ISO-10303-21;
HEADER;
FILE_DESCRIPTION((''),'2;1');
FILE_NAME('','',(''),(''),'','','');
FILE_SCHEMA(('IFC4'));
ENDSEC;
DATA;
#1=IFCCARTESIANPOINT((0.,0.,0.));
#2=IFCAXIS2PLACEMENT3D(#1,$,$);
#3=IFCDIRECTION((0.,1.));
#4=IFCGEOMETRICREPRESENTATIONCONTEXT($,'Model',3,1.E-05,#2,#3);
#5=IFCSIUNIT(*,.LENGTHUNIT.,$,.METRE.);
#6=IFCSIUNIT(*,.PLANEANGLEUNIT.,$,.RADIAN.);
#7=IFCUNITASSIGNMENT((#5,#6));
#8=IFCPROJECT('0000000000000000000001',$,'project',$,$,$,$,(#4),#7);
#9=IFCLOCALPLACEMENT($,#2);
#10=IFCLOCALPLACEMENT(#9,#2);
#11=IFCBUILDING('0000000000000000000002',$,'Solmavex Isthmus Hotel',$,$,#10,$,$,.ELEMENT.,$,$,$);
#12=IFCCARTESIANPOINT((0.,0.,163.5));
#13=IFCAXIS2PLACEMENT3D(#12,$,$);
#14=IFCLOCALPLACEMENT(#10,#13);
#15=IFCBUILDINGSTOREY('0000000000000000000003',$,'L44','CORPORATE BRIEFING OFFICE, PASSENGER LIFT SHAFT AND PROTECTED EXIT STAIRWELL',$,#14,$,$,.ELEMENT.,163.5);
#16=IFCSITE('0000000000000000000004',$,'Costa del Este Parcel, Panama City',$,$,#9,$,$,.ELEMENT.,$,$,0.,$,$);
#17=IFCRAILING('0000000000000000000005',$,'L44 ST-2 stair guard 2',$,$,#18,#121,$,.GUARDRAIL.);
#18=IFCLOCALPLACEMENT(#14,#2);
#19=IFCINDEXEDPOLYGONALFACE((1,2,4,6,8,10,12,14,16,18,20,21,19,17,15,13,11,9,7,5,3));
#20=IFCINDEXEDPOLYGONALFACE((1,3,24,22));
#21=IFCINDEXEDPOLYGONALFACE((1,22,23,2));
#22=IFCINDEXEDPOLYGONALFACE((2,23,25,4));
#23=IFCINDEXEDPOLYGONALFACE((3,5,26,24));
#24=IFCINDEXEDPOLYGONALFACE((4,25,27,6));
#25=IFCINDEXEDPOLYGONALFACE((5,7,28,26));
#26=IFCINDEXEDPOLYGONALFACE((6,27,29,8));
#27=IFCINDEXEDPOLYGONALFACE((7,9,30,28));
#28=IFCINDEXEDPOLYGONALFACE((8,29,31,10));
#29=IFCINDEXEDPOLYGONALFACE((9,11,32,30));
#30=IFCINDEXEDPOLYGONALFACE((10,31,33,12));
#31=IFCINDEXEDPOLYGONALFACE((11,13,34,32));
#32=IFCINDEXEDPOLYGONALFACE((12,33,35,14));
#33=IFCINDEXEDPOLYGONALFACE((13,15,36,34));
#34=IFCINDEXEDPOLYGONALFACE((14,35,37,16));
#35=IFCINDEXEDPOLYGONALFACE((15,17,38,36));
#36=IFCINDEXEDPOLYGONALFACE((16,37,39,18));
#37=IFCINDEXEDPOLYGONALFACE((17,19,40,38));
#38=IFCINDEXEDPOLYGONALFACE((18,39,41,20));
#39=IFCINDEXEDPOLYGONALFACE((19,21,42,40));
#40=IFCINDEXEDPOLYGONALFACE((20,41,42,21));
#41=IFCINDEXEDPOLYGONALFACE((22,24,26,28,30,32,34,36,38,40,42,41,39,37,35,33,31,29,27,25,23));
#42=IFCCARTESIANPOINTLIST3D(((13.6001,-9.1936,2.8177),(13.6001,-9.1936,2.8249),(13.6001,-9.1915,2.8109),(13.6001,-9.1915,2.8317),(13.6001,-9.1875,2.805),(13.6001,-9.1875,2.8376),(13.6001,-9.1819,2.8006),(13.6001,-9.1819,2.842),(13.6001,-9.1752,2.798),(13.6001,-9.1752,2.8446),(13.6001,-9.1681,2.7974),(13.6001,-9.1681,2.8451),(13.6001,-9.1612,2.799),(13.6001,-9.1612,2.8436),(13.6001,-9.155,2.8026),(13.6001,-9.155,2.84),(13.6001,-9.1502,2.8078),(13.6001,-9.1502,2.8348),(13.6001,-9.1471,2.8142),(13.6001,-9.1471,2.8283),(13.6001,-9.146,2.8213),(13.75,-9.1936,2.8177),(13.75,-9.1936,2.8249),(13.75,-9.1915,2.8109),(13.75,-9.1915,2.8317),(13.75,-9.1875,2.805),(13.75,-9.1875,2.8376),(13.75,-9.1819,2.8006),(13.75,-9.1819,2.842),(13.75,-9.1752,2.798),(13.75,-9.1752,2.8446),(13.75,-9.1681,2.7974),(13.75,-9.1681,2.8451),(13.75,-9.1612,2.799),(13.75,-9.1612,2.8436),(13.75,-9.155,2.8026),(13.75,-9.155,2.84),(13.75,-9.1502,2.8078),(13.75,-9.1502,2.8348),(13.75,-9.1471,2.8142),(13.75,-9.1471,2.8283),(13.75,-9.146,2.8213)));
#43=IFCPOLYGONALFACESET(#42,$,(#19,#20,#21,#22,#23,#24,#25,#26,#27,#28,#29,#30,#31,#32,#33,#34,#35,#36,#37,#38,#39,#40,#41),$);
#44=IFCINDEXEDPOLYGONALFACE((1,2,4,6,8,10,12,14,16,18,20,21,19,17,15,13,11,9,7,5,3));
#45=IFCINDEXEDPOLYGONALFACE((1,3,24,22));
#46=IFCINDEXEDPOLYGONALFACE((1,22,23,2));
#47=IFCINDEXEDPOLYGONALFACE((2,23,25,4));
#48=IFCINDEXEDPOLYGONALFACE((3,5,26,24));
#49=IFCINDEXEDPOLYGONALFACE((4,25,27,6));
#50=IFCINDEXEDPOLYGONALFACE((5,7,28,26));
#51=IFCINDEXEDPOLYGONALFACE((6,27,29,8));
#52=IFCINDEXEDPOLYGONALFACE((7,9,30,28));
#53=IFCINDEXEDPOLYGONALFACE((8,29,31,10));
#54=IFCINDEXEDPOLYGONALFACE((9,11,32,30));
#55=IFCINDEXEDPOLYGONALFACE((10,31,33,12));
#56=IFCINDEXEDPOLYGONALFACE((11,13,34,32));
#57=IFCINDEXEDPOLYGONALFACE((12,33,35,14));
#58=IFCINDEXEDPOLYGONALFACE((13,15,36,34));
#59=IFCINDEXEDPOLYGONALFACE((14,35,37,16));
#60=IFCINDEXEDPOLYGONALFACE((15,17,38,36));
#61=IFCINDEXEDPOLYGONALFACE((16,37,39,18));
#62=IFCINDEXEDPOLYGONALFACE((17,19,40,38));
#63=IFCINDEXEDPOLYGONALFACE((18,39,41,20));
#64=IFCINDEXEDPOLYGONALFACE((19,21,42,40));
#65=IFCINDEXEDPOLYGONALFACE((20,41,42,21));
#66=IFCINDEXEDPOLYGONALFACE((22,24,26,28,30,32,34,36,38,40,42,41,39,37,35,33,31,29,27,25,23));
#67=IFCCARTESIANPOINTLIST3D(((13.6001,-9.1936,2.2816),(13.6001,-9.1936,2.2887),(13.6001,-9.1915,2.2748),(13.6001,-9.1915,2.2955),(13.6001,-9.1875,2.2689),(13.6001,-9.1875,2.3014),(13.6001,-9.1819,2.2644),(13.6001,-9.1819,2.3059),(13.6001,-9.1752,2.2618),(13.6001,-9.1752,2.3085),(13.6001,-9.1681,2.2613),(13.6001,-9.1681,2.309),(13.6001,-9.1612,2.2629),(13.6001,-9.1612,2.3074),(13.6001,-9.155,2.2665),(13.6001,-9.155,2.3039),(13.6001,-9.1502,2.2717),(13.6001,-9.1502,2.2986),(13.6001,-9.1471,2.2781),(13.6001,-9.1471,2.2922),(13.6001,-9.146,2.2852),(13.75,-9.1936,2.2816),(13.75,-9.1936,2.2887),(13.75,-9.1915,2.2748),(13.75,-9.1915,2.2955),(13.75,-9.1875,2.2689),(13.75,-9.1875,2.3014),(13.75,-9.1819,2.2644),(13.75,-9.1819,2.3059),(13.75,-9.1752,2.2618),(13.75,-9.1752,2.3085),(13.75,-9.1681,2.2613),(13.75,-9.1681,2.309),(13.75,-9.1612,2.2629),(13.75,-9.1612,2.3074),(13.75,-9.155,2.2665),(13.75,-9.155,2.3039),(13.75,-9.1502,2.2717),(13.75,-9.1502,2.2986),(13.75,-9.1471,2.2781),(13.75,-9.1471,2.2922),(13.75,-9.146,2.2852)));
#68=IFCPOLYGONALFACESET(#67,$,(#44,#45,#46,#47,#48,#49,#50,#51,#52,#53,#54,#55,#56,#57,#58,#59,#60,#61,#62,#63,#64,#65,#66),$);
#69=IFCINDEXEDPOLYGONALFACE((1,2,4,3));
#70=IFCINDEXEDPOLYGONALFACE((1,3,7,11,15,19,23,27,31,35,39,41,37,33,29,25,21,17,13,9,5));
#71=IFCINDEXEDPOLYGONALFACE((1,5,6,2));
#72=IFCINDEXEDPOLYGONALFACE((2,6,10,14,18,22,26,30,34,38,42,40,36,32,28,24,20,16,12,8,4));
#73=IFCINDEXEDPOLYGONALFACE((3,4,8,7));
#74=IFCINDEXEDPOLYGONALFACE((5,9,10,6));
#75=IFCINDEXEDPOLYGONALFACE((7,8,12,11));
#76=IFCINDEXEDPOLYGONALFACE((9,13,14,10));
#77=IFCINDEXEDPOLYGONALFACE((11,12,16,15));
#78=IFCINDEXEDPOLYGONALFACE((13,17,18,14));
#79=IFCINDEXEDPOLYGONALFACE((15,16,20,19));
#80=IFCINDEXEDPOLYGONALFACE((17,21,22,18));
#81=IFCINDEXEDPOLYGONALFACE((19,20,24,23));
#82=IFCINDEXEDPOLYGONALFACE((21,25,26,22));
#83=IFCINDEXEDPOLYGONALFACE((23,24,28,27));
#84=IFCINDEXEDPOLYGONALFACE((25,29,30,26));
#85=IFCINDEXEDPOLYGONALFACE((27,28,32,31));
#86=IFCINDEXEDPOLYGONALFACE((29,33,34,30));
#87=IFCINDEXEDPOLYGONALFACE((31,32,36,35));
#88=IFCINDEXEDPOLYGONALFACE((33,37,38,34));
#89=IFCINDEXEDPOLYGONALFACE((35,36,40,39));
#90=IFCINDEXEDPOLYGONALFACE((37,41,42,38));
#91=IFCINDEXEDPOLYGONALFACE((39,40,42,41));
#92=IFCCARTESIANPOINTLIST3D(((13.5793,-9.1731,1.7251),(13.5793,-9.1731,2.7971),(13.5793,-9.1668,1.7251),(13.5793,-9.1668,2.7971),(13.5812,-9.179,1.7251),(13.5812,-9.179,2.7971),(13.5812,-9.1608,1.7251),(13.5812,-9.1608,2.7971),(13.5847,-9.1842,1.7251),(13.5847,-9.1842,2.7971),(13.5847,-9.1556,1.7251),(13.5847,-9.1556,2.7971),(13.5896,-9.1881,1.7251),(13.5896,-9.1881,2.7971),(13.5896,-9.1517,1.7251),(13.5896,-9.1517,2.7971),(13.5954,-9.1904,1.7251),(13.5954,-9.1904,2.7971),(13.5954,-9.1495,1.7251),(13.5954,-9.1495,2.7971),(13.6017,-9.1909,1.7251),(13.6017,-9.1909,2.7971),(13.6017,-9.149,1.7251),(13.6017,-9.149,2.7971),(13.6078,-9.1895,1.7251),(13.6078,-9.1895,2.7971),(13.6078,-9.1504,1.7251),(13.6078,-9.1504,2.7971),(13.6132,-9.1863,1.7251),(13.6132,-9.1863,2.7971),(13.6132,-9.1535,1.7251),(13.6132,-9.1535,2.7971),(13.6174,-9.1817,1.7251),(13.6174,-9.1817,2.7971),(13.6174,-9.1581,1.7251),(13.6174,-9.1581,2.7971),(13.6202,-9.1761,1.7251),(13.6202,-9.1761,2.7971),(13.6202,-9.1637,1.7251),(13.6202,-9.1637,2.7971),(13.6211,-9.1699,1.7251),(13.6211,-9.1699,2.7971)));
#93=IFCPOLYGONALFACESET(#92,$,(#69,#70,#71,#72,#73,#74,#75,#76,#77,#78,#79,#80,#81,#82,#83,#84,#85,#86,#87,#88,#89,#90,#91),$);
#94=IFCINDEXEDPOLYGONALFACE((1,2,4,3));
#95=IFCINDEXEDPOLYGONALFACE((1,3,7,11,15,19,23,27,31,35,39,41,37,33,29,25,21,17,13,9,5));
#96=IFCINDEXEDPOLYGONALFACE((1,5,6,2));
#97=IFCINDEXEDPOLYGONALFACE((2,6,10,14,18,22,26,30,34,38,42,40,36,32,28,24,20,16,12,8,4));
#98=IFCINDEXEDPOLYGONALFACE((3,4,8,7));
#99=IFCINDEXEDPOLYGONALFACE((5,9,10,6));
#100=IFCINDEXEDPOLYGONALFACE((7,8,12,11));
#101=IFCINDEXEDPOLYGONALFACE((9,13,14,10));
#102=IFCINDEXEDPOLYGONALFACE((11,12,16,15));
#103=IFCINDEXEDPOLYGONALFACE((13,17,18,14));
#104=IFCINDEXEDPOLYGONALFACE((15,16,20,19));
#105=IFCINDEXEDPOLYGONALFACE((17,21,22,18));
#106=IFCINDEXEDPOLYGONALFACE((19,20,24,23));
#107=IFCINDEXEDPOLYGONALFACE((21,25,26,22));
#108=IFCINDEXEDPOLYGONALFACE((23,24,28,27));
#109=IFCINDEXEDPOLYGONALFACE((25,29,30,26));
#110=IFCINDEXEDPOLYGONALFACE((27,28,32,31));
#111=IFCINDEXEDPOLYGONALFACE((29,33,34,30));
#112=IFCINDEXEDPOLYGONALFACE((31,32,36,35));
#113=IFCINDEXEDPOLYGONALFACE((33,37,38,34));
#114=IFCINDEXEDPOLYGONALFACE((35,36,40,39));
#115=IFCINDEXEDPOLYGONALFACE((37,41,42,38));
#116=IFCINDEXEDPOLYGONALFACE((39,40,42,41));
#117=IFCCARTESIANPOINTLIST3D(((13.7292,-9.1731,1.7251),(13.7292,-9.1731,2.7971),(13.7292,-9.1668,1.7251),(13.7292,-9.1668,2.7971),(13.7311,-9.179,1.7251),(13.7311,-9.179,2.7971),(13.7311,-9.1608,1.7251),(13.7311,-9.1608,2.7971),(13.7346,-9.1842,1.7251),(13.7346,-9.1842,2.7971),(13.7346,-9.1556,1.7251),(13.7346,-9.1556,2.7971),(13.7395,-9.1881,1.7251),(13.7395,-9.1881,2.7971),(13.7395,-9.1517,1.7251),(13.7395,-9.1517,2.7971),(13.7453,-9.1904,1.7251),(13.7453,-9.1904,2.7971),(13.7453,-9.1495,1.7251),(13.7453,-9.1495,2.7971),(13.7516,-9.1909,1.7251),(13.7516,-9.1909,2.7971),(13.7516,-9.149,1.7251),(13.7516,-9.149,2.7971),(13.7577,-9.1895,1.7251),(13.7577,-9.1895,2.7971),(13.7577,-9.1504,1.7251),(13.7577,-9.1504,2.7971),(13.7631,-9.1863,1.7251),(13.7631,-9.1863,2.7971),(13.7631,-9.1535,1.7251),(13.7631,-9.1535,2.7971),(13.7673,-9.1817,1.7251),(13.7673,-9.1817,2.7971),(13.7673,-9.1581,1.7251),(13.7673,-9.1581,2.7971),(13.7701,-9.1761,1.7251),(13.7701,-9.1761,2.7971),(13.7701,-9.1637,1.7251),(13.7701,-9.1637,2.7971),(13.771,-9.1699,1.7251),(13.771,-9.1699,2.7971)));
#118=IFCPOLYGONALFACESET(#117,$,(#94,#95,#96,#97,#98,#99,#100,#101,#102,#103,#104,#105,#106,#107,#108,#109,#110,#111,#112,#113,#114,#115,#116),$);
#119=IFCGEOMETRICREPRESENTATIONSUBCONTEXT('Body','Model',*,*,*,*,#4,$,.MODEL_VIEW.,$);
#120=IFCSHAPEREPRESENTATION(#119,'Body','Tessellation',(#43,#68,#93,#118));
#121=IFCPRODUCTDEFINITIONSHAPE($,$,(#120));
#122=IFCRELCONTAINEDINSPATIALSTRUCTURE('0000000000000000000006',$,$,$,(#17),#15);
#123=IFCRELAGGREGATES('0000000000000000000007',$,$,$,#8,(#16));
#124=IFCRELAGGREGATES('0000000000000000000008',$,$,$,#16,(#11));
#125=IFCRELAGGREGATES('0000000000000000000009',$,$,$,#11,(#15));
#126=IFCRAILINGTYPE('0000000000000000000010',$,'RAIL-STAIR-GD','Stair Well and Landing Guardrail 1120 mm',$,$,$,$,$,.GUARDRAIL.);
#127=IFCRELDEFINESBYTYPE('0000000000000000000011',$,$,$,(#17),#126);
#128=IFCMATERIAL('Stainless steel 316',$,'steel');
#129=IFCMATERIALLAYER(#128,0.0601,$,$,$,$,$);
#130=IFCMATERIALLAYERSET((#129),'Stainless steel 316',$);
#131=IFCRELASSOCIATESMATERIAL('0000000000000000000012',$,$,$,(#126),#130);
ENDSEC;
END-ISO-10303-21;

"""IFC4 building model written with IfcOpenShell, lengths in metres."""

from ifc_helpers import new_model, si_unit, direction, frame, origin, origin_2d, place, context, subcontext, project, spatial, circle, extrude, material, layer, layer_set, type_object, element, save


model = new_model("IFC4")

# Units and contexts
model_context = context("Model", 3, precision=1e-05, world=origin(), true_north=direction((0.0, 1.0)))
body_context = subcontext(model_context, "Body", "Model", "MODEL_VIEW")
ifc_project = project(units=[si_unit("LENGTHUNIT", "METRE"), si_unit("PLANEANGLEUNIT", "RADIAN")], contexts=[model_context])

# Site, building, storey
site_placement = place(None, origin())
site = spatial("IfcSite", under=ifc_project, at=site_placement, Name="Costa del Este Parcel, Panama City", CompositionType="ELEMENT", RefElevation=0.0)
building_placement = place(site_placement, origin())
building = spatial("IfcBuilding", under=site, at=building_placement, Name="Solmavex Isthmus Hotel", CompositionType="ELEMENT")
storey_placement = place(building_placement, frame((0.0, 0.0, 163.5)))
storey = spatial("IfcBuildingStorey", under=building, at=storey_placement, Name="L44", Description="CORPORATE BRIEFING OFFICE, PASSENGER LIFT SHAFT AND PROTECTED EXIT STAIRWELL", CompositionType="ELEMENT", Elevation=163.5)

# Shared definitions
ifc_material_1 = material(Name="Stainless steel 316", Category="steel")

# Railing
ifc_layer_1 = layer(ifc_material_1, 0.0601)
ifc_layer_set_1 = layer_set([ifc_layer_1], Name="Stainless steel 316")
railing_type_1 = type_object("IfcRailingType", Name="RAIL-STAIR-GD", Description="Stair Well and Landing Guardrail 1120 mm", PredefinedType="GUARDRAIL", material=ifc_layer_set_1)
for number, where, name in (
    (1, (13.6001, -9.1699, 1.7251), "L44 ST-2 stair guard 2"),
):
    element("IfcRailing", number, at=place(storey_placement, frame(where)), inside=storey, type_object=railing_type_1, Name=name, PredefinedType="GUARDRAIL", context=body_context, shape_type="SweptSolid", body=[
        extrude(circle(Radius=0.0239, at=origin_2d()), frame((0.0, 0.0, 1.0962), z_axis=(1.0, 0.0, 0.0), x_axis=(0.0, 1.0, 0.0)), (0.0, 0.0, 1.0), 0.1499),
        extrude(circle(Radius=0.0239, at=origin_2d()), frame((0.0, 0.0, 0.5601), z_axis=(1.0, 0.0, 0.0), x_axis=(0.0, 1.0, 0.0)), (0.0, 0.0, 1.0), 0.1499),
        extrude(circle(Radius=0.021, at=origin_2d()), origin(), (0.0, 0.0, 1.0), 1.072),
        extrude(circle(Radius=0.021, at=origin_2d()), frame((0.1499, 0.0, 0.0)), (0.0, 0.0, 1.0), 1.072),
    ])

save(model, "model.ifc")
